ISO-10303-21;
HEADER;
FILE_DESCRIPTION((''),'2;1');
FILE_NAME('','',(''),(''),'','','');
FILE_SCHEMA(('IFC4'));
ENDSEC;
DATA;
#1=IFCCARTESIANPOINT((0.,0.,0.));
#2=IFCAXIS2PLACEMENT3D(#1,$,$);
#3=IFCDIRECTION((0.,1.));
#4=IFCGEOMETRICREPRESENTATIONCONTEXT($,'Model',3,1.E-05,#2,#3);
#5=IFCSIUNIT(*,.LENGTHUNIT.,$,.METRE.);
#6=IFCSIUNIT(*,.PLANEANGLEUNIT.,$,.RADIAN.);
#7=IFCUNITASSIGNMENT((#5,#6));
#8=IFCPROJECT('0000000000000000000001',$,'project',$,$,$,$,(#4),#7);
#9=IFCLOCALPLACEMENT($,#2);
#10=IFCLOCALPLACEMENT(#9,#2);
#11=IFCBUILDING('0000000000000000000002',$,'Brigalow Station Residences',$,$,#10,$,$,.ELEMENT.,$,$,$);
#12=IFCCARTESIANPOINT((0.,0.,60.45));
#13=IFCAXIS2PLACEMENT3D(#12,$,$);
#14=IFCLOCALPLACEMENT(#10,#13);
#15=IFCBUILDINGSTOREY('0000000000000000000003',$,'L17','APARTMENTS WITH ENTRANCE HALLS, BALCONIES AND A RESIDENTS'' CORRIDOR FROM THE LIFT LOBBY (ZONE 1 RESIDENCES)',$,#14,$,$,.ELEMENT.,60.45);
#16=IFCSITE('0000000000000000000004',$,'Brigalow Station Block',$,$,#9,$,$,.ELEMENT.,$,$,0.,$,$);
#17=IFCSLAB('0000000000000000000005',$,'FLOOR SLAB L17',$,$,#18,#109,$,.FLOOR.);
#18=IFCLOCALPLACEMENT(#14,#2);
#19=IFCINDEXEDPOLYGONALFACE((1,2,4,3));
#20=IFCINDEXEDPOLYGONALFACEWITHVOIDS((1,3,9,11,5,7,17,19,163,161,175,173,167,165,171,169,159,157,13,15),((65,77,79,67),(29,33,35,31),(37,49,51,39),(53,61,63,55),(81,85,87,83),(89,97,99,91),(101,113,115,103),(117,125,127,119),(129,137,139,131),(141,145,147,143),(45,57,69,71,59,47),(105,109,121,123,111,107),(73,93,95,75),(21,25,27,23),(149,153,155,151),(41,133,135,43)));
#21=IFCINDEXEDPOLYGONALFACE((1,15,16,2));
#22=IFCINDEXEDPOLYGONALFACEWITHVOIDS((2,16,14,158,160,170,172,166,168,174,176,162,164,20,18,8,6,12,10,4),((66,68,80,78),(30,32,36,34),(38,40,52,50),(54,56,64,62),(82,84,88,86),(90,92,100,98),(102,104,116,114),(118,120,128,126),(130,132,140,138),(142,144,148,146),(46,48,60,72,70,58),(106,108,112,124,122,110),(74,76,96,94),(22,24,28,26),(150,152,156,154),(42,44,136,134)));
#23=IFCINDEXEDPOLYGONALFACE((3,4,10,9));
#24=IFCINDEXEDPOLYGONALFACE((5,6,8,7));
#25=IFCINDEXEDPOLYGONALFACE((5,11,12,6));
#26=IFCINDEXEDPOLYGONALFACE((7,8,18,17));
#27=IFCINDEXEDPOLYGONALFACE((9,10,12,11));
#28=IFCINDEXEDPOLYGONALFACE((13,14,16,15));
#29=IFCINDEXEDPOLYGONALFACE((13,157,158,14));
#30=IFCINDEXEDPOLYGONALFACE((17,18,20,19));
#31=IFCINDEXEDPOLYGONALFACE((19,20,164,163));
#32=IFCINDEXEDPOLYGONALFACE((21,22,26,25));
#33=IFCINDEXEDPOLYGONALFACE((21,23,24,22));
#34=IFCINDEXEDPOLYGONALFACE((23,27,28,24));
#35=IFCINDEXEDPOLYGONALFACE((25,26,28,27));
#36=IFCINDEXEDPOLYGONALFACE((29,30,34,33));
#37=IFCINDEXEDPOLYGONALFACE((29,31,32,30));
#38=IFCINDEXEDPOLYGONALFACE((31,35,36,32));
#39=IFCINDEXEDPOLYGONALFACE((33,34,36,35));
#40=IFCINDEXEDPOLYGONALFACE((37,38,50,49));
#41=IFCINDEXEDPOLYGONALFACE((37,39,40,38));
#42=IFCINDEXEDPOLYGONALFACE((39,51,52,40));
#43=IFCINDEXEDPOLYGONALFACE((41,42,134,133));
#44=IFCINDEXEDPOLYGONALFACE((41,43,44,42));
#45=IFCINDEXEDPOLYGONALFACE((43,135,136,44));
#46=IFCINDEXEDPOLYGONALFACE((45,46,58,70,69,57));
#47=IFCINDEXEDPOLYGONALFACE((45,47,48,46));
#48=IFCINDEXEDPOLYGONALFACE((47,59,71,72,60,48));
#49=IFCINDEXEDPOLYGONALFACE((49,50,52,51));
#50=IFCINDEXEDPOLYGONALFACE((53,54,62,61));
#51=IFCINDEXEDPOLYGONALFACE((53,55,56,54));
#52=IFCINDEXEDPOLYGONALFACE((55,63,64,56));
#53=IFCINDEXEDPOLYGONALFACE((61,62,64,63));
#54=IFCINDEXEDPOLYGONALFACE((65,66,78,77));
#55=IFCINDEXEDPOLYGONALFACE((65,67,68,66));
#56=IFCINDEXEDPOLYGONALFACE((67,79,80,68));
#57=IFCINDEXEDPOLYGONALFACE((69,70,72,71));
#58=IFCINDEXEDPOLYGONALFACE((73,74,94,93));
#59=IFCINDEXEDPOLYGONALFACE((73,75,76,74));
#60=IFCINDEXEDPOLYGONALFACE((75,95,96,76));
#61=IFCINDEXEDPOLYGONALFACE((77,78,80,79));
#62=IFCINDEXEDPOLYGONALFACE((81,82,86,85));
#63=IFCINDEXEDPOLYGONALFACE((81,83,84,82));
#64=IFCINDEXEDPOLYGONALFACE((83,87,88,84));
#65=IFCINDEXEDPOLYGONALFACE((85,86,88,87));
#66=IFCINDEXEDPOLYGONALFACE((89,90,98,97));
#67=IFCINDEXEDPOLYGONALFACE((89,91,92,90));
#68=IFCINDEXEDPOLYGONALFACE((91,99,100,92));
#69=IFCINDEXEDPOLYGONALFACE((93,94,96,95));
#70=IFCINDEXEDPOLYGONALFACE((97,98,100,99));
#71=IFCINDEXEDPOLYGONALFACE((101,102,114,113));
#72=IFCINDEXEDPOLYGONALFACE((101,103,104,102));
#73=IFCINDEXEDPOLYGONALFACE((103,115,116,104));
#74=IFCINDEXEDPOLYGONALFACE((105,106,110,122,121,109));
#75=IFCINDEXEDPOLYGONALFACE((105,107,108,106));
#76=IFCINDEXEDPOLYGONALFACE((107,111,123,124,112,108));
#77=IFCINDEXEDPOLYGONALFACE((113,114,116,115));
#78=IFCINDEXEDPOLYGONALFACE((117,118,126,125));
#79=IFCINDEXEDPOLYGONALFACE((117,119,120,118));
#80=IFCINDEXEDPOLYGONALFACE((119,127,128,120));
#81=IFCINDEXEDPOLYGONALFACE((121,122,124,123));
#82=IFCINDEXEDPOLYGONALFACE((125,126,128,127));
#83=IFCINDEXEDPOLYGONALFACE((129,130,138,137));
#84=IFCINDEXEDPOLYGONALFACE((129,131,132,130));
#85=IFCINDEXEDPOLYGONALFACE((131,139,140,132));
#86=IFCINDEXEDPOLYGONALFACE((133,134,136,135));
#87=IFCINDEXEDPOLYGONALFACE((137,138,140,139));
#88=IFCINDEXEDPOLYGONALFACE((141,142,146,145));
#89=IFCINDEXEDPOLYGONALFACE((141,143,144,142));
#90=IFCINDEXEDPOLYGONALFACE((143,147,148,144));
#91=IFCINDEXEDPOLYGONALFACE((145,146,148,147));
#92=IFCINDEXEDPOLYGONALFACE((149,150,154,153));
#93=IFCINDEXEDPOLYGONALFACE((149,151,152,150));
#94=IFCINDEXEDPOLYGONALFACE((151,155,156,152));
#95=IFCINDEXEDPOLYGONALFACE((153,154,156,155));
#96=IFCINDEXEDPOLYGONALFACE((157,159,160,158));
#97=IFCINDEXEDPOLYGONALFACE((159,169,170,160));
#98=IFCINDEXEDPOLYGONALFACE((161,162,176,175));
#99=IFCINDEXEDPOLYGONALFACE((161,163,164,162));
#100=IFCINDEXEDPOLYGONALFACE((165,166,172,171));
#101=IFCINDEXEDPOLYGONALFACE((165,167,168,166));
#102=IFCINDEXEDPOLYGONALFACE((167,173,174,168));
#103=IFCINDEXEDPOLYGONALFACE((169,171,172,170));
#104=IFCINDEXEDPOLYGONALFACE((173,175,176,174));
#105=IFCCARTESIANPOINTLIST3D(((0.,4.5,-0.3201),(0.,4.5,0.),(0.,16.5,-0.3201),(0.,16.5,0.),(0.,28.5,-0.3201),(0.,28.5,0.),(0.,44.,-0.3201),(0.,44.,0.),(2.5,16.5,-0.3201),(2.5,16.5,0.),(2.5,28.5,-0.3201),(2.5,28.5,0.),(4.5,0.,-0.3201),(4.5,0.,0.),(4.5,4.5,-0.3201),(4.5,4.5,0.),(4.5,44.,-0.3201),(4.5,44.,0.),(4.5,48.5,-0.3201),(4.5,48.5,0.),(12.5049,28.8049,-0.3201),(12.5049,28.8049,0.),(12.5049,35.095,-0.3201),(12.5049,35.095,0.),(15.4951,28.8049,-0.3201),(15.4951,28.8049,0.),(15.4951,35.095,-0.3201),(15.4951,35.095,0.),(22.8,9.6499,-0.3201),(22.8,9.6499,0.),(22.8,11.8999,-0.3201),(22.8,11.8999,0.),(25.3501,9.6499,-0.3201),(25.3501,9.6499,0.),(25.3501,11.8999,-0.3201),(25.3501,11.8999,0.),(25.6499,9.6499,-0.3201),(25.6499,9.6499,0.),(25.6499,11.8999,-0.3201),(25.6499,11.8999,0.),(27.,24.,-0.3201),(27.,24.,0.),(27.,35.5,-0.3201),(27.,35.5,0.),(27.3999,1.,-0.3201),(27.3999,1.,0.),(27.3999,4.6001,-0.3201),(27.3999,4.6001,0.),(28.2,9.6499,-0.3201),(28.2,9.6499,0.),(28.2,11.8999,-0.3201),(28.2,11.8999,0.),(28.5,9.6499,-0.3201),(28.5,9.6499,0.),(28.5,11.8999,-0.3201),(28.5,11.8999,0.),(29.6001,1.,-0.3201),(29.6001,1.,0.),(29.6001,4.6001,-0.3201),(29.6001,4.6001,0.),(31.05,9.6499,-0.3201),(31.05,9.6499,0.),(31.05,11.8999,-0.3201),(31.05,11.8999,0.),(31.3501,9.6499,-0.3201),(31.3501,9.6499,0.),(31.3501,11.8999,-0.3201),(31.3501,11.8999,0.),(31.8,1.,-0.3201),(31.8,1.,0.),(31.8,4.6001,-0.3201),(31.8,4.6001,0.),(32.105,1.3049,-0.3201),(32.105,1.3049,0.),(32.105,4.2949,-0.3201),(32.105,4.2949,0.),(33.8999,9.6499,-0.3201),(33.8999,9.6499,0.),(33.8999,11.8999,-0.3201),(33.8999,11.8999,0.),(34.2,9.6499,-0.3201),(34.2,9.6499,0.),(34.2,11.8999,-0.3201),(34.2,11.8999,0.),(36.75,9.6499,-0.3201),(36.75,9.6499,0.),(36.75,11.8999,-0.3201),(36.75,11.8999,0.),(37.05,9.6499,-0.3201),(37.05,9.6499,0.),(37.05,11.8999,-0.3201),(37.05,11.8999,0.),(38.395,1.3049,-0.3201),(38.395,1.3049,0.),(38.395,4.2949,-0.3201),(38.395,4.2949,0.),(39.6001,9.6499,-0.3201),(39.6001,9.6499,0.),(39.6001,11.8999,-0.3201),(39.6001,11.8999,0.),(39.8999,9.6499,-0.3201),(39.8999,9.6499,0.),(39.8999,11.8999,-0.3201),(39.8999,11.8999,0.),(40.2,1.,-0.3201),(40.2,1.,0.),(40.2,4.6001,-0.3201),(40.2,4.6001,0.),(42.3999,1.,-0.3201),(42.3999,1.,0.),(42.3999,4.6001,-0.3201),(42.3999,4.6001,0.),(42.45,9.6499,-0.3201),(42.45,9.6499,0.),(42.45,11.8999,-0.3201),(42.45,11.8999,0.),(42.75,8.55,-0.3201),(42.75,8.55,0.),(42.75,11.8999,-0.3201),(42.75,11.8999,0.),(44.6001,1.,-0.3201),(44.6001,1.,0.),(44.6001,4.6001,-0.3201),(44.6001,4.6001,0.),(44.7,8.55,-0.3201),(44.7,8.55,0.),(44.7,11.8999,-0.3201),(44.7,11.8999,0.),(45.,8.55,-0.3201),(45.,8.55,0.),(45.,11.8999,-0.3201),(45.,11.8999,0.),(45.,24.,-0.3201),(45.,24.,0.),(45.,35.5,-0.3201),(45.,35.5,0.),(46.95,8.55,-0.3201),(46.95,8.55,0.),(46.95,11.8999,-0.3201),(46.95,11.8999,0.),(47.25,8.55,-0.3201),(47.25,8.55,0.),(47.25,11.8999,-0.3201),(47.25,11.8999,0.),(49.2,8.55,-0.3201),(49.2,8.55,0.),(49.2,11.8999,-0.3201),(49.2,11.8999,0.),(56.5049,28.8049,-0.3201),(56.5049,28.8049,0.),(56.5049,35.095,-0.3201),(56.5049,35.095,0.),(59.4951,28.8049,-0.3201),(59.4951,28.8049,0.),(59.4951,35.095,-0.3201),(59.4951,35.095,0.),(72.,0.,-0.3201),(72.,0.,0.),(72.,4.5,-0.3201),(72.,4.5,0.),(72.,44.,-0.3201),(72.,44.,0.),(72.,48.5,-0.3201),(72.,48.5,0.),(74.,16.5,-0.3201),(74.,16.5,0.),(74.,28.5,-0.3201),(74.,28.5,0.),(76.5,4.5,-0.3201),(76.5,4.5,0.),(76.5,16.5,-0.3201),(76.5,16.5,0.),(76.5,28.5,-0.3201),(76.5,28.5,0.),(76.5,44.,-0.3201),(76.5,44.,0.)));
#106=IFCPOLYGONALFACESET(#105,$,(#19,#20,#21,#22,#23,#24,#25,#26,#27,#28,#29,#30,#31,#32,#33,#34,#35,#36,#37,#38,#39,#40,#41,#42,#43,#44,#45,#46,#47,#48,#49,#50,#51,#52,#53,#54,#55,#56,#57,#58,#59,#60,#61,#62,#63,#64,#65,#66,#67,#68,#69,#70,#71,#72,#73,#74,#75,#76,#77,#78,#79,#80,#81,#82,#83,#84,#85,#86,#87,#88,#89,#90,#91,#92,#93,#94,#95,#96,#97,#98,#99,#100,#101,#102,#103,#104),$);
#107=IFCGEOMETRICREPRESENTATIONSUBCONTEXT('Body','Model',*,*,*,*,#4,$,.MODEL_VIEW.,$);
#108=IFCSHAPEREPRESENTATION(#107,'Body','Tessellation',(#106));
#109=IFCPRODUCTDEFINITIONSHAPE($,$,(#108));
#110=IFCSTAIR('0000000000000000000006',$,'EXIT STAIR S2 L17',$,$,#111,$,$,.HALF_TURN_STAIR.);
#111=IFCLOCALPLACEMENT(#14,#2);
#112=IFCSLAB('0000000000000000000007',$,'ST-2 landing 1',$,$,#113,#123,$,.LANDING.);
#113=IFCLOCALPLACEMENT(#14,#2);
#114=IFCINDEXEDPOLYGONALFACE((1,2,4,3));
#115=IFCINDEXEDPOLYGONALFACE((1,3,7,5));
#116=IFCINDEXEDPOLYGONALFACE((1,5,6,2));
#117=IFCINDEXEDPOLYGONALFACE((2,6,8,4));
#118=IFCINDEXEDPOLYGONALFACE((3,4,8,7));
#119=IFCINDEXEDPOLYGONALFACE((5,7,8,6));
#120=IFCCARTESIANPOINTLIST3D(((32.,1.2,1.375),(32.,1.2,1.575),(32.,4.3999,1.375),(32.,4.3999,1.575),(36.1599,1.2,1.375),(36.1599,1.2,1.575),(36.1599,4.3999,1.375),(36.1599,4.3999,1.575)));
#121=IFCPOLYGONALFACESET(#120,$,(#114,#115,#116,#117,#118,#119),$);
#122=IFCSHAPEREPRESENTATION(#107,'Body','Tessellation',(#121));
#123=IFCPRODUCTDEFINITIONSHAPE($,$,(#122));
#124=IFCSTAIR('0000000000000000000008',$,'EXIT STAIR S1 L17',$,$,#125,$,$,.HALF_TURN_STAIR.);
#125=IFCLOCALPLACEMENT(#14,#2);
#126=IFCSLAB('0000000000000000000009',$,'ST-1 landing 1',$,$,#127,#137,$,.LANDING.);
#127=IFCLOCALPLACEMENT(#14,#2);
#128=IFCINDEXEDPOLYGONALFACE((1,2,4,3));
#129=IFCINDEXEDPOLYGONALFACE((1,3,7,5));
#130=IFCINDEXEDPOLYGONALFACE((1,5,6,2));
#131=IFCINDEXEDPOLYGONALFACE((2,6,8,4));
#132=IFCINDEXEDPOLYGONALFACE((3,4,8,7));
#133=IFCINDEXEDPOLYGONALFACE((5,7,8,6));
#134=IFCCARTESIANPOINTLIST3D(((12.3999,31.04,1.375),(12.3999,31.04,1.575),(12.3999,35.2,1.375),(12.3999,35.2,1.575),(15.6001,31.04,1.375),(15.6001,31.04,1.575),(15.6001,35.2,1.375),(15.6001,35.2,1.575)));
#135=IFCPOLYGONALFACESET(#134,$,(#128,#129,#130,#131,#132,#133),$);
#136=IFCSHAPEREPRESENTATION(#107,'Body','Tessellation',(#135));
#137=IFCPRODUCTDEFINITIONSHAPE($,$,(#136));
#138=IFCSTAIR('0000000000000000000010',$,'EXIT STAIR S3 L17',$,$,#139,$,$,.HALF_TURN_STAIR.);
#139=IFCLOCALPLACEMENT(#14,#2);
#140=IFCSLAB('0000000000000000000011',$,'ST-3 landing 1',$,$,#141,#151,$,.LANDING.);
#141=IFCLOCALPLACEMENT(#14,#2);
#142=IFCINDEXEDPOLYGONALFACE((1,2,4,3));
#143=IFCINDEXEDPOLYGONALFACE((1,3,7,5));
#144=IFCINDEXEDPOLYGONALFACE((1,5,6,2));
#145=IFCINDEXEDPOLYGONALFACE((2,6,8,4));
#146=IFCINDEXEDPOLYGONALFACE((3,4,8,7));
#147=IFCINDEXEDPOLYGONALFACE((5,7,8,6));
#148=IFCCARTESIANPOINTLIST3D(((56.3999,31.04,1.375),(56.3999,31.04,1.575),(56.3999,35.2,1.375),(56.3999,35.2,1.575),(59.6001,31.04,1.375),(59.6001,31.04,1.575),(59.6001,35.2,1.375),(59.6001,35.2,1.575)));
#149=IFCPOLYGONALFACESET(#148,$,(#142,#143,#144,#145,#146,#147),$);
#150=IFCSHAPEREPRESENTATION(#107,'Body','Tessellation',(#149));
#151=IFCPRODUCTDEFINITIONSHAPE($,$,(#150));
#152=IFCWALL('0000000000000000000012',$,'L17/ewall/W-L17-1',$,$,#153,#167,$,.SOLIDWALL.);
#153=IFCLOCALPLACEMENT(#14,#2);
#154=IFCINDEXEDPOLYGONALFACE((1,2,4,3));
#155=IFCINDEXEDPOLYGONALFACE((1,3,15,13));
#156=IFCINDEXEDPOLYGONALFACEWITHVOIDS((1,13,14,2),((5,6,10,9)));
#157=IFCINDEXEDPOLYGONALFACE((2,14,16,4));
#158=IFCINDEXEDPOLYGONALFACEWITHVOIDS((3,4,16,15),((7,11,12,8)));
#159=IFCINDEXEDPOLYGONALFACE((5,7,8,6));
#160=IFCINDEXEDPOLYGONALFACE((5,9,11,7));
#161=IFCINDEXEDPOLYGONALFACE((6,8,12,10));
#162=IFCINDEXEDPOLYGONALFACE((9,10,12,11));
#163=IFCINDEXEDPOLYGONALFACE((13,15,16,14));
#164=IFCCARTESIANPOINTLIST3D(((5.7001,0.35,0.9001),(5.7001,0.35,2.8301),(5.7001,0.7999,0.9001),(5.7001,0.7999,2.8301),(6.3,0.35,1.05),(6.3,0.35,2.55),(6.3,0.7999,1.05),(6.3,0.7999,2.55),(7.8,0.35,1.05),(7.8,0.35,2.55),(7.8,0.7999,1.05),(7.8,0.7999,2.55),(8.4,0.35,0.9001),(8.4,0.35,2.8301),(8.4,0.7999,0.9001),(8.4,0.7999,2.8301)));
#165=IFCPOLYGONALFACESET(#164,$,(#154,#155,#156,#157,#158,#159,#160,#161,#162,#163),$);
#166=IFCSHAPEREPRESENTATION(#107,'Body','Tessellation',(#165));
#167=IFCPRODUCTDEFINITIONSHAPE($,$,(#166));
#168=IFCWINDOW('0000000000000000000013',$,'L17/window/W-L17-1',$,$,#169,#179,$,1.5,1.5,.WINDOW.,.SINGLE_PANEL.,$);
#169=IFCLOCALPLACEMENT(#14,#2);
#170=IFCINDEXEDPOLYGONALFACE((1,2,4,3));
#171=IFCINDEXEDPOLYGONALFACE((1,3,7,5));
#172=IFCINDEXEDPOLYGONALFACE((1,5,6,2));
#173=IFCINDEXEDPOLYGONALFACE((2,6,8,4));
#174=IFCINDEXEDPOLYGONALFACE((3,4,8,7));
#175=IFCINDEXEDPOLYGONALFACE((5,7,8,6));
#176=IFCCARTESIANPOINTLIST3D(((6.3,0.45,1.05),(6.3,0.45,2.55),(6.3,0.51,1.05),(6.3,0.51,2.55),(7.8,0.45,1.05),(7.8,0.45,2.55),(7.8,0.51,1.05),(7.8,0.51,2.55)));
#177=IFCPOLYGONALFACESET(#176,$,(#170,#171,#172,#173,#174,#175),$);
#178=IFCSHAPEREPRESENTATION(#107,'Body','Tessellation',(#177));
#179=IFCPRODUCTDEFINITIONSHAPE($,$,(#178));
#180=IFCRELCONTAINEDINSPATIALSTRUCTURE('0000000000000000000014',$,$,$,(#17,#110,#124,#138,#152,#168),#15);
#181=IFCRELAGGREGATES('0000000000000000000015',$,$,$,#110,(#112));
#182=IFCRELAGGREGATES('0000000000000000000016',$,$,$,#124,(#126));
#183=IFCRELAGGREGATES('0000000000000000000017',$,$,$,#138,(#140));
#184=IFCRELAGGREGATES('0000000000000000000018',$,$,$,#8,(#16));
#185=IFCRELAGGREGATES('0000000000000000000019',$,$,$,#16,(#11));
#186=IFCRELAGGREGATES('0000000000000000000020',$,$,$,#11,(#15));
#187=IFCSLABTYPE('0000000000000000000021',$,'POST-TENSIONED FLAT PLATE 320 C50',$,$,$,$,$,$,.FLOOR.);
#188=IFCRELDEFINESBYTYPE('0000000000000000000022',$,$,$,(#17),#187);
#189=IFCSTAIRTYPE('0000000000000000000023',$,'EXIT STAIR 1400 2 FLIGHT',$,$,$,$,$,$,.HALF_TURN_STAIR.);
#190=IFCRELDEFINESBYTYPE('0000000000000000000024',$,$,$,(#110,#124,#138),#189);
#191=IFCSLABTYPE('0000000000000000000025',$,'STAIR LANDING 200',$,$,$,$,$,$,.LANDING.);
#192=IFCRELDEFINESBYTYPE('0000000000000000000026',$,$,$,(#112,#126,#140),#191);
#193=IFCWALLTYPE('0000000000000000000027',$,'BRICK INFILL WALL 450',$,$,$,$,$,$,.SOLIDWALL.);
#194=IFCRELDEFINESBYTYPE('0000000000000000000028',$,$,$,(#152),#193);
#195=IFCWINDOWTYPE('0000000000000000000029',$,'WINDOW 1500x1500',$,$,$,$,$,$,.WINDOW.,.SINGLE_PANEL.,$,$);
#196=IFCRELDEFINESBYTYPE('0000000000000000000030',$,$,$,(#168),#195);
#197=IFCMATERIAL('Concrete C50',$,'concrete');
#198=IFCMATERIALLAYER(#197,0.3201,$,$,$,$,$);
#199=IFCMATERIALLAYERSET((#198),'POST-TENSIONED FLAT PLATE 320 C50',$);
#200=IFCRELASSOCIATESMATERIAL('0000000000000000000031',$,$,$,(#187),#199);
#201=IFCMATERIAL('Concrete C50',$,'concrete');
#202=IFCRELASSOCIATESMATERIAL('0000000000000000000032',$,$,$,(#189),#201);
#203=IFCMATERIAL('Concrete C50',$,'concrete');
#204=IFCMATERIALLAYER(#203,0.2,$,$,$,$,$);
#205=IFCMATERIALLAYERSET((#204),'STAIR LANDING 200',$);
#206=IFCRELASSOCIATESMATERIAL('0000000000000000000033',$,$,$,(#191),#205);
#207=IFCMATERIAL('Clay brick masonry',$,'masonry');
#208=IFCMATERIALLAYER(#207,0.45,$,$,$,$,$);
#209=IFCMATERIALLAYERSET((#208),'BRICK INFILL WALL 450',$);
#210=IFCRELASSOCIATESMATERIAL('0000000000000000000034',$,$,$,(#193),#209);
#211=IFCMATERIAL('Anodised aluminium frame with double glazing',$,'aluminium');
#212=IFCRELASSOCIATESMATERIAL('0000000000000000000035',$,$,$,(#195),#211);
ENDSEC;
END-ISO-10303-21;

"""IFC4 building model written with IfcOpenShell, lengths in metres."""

from ifc_helpers import new_model, si_unit, direction, frame, frame_2d, origin, place, context, subcontext, project, spatial, polyline, rectangle, outline, extrude, material, layer, layer_set, type_object, element, fill, aggregate, save


model = new_model("IFC4")

# Units and contexts
model_context = context("Model", 3, precision=1e-05, world=origin(), true_north=direction((0.0, 1.0)))
body_context = subcontext(model_context, "Body", "Model", "MODEL_VIEW")
ifc_project = project(units=[si_unit("LENGTHUNIT", "METRE"), si_unit("PLANEANGLEUNIT", "RADIAN")], contexts=[model_context])

# Site, building, storey
site_placement = place(None, origin())
site = spatial("IfcSite", under=ifc_project, at=site_placement, Name="Brigalow Station Block", CompositionType="ELEMENT", RefElevation=0.0)
building_placement = place(site_placement, origin())
building = spatial("IfcBuilding", under=site, at=building_placement, Name="Brigalow Station Residences", CompositionType="ELEMENT")
storey_placement = place(building_placement, frame((0.0, 0.0, 60.45)))
storey = spatial("IfcBuildingStorey", under=building, at=storey_placement, Name="L17", Description="APARTMENTS WITH ENTRANCE HALLS, BALCONIES AND A RESIDENTS' CORRIDOR FROM THE LIFT LOBBY (ZONE 1 RESIDENCES)", CompositionType="ELEMENT", Elevation=60.45)

# Slab
ifc_material_1 = material(Name="Concrete C50", Category="concrete")
ifc_layer_1 = layer(ifc_material_1, 0.3201)
ifc_layer_set_1 = layer_set([ifc_layer_1], Name="POST-TENSIONED FLAT PLATE 320 C50")
slab_type_1 = type_object("IfcSlabType", Name="POST-TENSIONED FLAT PLATE 320 C50", PredefinedType="FLOOR", material=ifc_layer_set_1)
slab_1_placement = place(storey_placement, frame((0.0, 0.0, -0.3201)))
element("IfcSlab", 1, at=slab_1_placement, inside=storey, type_object=slab_type_1, Name="FLOOR SLAB L17", PredefinedType="FLOOR", context=body_context, shape_type="SweptSolid", body=[
    extrude(outline(polyline([(4.5, 0.0), (72.0, 0.0), (72.0, 4.5), (76.5, 4.5), (76.5, 16.5), (74.0, 16.5), (74.0, 28.5), (76.5, 28.5), (76.5, 44.0), (72.0, 44.0), (72.0, 48.5), (4.5, 48.5), (4.5, 44.0), (0.0, 44.0), (0.0, 28.5), (2.5, 28.5), (2.5, 16.5), (0.0, 16.5), (0.0, 4.5), (4.5, 4.5), (4.5, 0.0)]), holes=[polyline([(15.4951, 35.095), (15.4951, 28.8049), (12.5049, 28.8049), (12.5049, 35.095), (15.4951, 35.095)]), polyline([(22.8, 11.8999), (25.3501, 11.8999), (25.3501, 9.6499), (22.8, 9.6499), (22.8, 11.8999)]), polyline([(25.6499, 11.8999), (28.2, 11.8999), (28.2, 9.6499), (25.6499, 9.6499), (25.6499, 11.8999)]), polyline([(28.5, 11.8999), (31.05, 11.8999), (31.05, 9.6499), (28.5, 9.6499), (28.5, 11.8999)]), polyline([(29.6001, 1.0), (27.3999, 1.0), (27.3999, 4.6001), (29.6001, 4.6001), (31.8, 4.6001), (31.8, 1.0), (29.6001, 1.0)]), polyline([(31.3501, 11.8999), (33.8999, 11.8999), (33.8999, 9.6499), (31.3501, 9.6499), (31.3501, 11.8999)]), polyline([(32.105, 4.2949), (38.395, 4.2949), (38.395, 1.3049), (32.105, 1.3049), (32.105, 4.2949)]), polyline([(36.75, 11.8999), (36.75, 9.6499), (34.2, 9.6499), (34.2, 11.8999), (36.75, 11.8999)]), polyline([(37.05, 11.8999), (39.6001, 11.8999), (39.6001, 9.6499), (37.05, 9.6499), (37.05, 11.8999)]), polyline([(39.8999, 11.8999), (42.45, 11.8999), (42.45, 9.6499), (39.8999, 9.6499), (39.8999, 11.8999)]), polyline([(42.3999, 1.0), (40.2, 1.0), (40.2, 4.6001), (42.3999, 4.6001), (44.6001, 4.6001), (44.6001, 1.0), (42.3999, 1.0)]), polyline([(42.75, 11.8999), (44.7, 11.8999), (44.7, 8.55), (42.75, 8.55), (42.75, 11.8999)]), polyline([(45.0, 11.8999), (46.95, 11.8999), (46.95, 8.55), (45.0, 8.55), (45.0, 11.8999)]), polyline([(45.0, 35.5), (45.0, 24.0), (27.0, 24.0), (27.0, 35.5), (45.0, 35.5)]), polyline([(47.25, 11.8999), (49.2, 11.8999), (49.2, 8.55), (47.25, 8.55), (47.25, 11.8999)]), polyline([(59.4951, 35.095), (59.4951, 28.8049), (56.5049, 28.8049), (56.5049, 35.095), (59.4951, 35.095)])]), origin(), (0.0, 0.0, 1.0), 0.3201),
])

# Stairs, slabs
ifc_material_2 = material(Name="Concrete C50", Category="concrete")
stair_type = type_object("IfcStairType", Name="EXIT STAIR 1400 2 FLIGHT", PredefinedType="HALF_TURN_STAIR", material=ifc_material_2)
stair_1_placement = place(storey_placement, origin())
stair_1 = element("IfcStair", 2, at=stair_1_placement, inside=storey, type_object=stair_type, Name="EXIT STAIR S2 L17", PredefinedType="HALF_TURN_STAIR")
ifc_material_3 = material(Name="Concrete C50", Category="concrete")
ifc_layer_2 = layer(ifc_material_3, 0.2)
ifc_layer_set_2 = layer_set([ifc_layer_2], Name="STAIR LANDING 200")
slab_type_2 = type_object("IfcSlabType", Name="STAIR LANDING 200", PredefinedType="LANDING", material=ifc_layer_set_2)
slab_2_placement = place(storey_placement, frame((0.0, 0.0, 1.375)))
slab_2 = element("IfcSlab", 3, at=slab_2_placement, type_object=slab_type_2, Name="ST-2 landing 1", PredefinedType="LANDING", context=body_context, shape_type="SweptSolid", body=[
    extrude(outline(polyline([(32.0, 1.2), (36.1599, 1.2), (36.1599, 4.3999), (32.0, 4.3999), (32.0, 1.2)])), origin(), (0.0, 0.0, 1.0), 0.2),
])
aggregate(stair_1, [slab_2])
stair_2_placement = place(storey_placement, origin())
stair_2 = element("IfcStair", 4, at=stair_2_placement, inside=storey, type_object=stair_type, Name="EXIT STAIR S1 L17", PredefinedType="HALF_TURN_STAIR")
slab_3_placement = place(storey_placement, frame((0.0, 0.0, 1.375)))
slab_3 = element("IfcSlab", 5, at=slab_3_placement, type_object=slab_type_2, Name="ST-1 landing 1", PredefinedType="LANDING", context=body_context, shape_type="SweptSolid", body=[
    extrude(outline(polyline([(12.3999, 31.04), (15.6001, 31.04), (15.6001, 35.2), (12.3999, 35.2), (12.3999, 31.04)])), origin(), (0.0, 0.0, 1.0), 0.2),
])
aggregate(stair_2, [slab_3])
stair_3_placement = place(storey_placement, origin())
stair_3 = element("IfcStair", 6, at=stair_3_placement, inside=storey, type_object=stair_type, Name="EXIT STAIR S3 L17", PredefinedType="HALF_TURN_STAIR")
slab_4_placement = place(storey_placement, frame((0.0, 0.0, 1.375)))
slab_4 = element("IfcSlab", 7, at=slab_4_placement, type_object=slab_type_2, Name="ST-3 landing 1", PredefinedType="LANDING", context=body_context, shape_type="SweptSolid", body=[
    extrude(outline(polyline([(56.3999, 31.04), (59.6001, 31.04), (59.6001, 35.2), (56.3999, 35.2), (56.3999, 31.04)])), origin(), (0.0, 0.0, 1.0), 0.2),
])
aggregate(stair_3, [slab_4])

# Wall, opening, window
ifc_material_4 = material(Name="Clay brick masonry", Category="masonry")
ifc_layer_3 = layer(ifc_material_4, 0.45)
ifc_layer_set_3 = layer_set([ifc_layer_3], Name="BRICK INFILL WALL 450")
wall_type_1 = type_object("IfcWallType", Name="BRICK INFILL WALL 450", PredefinedType="SOLIDWALL", material=ifc_layer_set_3)
wall_1_placement = place(storey_placement, frame((5.7, 0.575, 0.9001), z_axis=(0.0, 0.0, 1.0), x_axis=(1.0, 0.0, 0.0)))
wall_1 = element("IfcWall", 8, at=wall_1_placement, inside=storey, type_object=wall_type_1, Name="L17/ewall/W-L17-1", PredefinedType="SOLIDWALL", context=body_context, shape_type="SweptSolid", body=[
    extrude(rectangle(XDim=2.7, YDim=0.45, at=frame_2d((1.3501, 0.0))), origin(), (0.0, 0.0, 1.0), 1.9299),
])
opening_1_placement = place(wall_1_placement, frame((0.6001, 0.0, 0.1499)))
opening_1 = element("IfcOpeningElement", 9, at=opening_1_placement, cuts=wall_1, PredefinedType="OPENING", context=body_context, shape_type="SweptSolid", body=[
    extrude(rectangle(XDim=1.5, YDim=1.5, at=frame_2d((0.75, 0.75))), frame((0.0, 0.2349, 0.0), z_axis=(0.0, -1.0, 0.0), x_axis=(1.0, 0.0, 0.0)), (0.0, 0.0, 1.0), 0.47),
])
ifc_material_5 = material(Name="Anodised aluminium frame with double glazing", Category="aluminium")
window_type_1 = type_object("IfcWindowType", Name="WINDOW 1500x1500", PartitioningType="SINGLE_PANEL", PredefinedType="WINDOW", material=ifc_material_5)
window_1_placement = place(opening_1_placement, origin())
window_1 = element("IfcWindow", 10, at=window_1_placement, inside=storey, type_object=window_type_1, Name="L17/window/W-L17-1", OverallHeight=1.5, OverallWidth=1.5, PartitioningType="SINGLE_PANEL", PredefinedType="WINDOW", context=body_context, shape_type="SweptSolid", body=[
    extrude(rectangle(XDim=1.5, YDim=1.5, at=frame_2d((0.75, 0.75))), frame((0.0, -0.0649, 0.0), z_axis=(0.0, -1.0, 0.0), x_axis=(1.0, 0.0, 0.0)), (0.0, 0.0, 1.0), 0.0601),
])
fill(opening_1, window_1)

save(model, "model.ifc")
